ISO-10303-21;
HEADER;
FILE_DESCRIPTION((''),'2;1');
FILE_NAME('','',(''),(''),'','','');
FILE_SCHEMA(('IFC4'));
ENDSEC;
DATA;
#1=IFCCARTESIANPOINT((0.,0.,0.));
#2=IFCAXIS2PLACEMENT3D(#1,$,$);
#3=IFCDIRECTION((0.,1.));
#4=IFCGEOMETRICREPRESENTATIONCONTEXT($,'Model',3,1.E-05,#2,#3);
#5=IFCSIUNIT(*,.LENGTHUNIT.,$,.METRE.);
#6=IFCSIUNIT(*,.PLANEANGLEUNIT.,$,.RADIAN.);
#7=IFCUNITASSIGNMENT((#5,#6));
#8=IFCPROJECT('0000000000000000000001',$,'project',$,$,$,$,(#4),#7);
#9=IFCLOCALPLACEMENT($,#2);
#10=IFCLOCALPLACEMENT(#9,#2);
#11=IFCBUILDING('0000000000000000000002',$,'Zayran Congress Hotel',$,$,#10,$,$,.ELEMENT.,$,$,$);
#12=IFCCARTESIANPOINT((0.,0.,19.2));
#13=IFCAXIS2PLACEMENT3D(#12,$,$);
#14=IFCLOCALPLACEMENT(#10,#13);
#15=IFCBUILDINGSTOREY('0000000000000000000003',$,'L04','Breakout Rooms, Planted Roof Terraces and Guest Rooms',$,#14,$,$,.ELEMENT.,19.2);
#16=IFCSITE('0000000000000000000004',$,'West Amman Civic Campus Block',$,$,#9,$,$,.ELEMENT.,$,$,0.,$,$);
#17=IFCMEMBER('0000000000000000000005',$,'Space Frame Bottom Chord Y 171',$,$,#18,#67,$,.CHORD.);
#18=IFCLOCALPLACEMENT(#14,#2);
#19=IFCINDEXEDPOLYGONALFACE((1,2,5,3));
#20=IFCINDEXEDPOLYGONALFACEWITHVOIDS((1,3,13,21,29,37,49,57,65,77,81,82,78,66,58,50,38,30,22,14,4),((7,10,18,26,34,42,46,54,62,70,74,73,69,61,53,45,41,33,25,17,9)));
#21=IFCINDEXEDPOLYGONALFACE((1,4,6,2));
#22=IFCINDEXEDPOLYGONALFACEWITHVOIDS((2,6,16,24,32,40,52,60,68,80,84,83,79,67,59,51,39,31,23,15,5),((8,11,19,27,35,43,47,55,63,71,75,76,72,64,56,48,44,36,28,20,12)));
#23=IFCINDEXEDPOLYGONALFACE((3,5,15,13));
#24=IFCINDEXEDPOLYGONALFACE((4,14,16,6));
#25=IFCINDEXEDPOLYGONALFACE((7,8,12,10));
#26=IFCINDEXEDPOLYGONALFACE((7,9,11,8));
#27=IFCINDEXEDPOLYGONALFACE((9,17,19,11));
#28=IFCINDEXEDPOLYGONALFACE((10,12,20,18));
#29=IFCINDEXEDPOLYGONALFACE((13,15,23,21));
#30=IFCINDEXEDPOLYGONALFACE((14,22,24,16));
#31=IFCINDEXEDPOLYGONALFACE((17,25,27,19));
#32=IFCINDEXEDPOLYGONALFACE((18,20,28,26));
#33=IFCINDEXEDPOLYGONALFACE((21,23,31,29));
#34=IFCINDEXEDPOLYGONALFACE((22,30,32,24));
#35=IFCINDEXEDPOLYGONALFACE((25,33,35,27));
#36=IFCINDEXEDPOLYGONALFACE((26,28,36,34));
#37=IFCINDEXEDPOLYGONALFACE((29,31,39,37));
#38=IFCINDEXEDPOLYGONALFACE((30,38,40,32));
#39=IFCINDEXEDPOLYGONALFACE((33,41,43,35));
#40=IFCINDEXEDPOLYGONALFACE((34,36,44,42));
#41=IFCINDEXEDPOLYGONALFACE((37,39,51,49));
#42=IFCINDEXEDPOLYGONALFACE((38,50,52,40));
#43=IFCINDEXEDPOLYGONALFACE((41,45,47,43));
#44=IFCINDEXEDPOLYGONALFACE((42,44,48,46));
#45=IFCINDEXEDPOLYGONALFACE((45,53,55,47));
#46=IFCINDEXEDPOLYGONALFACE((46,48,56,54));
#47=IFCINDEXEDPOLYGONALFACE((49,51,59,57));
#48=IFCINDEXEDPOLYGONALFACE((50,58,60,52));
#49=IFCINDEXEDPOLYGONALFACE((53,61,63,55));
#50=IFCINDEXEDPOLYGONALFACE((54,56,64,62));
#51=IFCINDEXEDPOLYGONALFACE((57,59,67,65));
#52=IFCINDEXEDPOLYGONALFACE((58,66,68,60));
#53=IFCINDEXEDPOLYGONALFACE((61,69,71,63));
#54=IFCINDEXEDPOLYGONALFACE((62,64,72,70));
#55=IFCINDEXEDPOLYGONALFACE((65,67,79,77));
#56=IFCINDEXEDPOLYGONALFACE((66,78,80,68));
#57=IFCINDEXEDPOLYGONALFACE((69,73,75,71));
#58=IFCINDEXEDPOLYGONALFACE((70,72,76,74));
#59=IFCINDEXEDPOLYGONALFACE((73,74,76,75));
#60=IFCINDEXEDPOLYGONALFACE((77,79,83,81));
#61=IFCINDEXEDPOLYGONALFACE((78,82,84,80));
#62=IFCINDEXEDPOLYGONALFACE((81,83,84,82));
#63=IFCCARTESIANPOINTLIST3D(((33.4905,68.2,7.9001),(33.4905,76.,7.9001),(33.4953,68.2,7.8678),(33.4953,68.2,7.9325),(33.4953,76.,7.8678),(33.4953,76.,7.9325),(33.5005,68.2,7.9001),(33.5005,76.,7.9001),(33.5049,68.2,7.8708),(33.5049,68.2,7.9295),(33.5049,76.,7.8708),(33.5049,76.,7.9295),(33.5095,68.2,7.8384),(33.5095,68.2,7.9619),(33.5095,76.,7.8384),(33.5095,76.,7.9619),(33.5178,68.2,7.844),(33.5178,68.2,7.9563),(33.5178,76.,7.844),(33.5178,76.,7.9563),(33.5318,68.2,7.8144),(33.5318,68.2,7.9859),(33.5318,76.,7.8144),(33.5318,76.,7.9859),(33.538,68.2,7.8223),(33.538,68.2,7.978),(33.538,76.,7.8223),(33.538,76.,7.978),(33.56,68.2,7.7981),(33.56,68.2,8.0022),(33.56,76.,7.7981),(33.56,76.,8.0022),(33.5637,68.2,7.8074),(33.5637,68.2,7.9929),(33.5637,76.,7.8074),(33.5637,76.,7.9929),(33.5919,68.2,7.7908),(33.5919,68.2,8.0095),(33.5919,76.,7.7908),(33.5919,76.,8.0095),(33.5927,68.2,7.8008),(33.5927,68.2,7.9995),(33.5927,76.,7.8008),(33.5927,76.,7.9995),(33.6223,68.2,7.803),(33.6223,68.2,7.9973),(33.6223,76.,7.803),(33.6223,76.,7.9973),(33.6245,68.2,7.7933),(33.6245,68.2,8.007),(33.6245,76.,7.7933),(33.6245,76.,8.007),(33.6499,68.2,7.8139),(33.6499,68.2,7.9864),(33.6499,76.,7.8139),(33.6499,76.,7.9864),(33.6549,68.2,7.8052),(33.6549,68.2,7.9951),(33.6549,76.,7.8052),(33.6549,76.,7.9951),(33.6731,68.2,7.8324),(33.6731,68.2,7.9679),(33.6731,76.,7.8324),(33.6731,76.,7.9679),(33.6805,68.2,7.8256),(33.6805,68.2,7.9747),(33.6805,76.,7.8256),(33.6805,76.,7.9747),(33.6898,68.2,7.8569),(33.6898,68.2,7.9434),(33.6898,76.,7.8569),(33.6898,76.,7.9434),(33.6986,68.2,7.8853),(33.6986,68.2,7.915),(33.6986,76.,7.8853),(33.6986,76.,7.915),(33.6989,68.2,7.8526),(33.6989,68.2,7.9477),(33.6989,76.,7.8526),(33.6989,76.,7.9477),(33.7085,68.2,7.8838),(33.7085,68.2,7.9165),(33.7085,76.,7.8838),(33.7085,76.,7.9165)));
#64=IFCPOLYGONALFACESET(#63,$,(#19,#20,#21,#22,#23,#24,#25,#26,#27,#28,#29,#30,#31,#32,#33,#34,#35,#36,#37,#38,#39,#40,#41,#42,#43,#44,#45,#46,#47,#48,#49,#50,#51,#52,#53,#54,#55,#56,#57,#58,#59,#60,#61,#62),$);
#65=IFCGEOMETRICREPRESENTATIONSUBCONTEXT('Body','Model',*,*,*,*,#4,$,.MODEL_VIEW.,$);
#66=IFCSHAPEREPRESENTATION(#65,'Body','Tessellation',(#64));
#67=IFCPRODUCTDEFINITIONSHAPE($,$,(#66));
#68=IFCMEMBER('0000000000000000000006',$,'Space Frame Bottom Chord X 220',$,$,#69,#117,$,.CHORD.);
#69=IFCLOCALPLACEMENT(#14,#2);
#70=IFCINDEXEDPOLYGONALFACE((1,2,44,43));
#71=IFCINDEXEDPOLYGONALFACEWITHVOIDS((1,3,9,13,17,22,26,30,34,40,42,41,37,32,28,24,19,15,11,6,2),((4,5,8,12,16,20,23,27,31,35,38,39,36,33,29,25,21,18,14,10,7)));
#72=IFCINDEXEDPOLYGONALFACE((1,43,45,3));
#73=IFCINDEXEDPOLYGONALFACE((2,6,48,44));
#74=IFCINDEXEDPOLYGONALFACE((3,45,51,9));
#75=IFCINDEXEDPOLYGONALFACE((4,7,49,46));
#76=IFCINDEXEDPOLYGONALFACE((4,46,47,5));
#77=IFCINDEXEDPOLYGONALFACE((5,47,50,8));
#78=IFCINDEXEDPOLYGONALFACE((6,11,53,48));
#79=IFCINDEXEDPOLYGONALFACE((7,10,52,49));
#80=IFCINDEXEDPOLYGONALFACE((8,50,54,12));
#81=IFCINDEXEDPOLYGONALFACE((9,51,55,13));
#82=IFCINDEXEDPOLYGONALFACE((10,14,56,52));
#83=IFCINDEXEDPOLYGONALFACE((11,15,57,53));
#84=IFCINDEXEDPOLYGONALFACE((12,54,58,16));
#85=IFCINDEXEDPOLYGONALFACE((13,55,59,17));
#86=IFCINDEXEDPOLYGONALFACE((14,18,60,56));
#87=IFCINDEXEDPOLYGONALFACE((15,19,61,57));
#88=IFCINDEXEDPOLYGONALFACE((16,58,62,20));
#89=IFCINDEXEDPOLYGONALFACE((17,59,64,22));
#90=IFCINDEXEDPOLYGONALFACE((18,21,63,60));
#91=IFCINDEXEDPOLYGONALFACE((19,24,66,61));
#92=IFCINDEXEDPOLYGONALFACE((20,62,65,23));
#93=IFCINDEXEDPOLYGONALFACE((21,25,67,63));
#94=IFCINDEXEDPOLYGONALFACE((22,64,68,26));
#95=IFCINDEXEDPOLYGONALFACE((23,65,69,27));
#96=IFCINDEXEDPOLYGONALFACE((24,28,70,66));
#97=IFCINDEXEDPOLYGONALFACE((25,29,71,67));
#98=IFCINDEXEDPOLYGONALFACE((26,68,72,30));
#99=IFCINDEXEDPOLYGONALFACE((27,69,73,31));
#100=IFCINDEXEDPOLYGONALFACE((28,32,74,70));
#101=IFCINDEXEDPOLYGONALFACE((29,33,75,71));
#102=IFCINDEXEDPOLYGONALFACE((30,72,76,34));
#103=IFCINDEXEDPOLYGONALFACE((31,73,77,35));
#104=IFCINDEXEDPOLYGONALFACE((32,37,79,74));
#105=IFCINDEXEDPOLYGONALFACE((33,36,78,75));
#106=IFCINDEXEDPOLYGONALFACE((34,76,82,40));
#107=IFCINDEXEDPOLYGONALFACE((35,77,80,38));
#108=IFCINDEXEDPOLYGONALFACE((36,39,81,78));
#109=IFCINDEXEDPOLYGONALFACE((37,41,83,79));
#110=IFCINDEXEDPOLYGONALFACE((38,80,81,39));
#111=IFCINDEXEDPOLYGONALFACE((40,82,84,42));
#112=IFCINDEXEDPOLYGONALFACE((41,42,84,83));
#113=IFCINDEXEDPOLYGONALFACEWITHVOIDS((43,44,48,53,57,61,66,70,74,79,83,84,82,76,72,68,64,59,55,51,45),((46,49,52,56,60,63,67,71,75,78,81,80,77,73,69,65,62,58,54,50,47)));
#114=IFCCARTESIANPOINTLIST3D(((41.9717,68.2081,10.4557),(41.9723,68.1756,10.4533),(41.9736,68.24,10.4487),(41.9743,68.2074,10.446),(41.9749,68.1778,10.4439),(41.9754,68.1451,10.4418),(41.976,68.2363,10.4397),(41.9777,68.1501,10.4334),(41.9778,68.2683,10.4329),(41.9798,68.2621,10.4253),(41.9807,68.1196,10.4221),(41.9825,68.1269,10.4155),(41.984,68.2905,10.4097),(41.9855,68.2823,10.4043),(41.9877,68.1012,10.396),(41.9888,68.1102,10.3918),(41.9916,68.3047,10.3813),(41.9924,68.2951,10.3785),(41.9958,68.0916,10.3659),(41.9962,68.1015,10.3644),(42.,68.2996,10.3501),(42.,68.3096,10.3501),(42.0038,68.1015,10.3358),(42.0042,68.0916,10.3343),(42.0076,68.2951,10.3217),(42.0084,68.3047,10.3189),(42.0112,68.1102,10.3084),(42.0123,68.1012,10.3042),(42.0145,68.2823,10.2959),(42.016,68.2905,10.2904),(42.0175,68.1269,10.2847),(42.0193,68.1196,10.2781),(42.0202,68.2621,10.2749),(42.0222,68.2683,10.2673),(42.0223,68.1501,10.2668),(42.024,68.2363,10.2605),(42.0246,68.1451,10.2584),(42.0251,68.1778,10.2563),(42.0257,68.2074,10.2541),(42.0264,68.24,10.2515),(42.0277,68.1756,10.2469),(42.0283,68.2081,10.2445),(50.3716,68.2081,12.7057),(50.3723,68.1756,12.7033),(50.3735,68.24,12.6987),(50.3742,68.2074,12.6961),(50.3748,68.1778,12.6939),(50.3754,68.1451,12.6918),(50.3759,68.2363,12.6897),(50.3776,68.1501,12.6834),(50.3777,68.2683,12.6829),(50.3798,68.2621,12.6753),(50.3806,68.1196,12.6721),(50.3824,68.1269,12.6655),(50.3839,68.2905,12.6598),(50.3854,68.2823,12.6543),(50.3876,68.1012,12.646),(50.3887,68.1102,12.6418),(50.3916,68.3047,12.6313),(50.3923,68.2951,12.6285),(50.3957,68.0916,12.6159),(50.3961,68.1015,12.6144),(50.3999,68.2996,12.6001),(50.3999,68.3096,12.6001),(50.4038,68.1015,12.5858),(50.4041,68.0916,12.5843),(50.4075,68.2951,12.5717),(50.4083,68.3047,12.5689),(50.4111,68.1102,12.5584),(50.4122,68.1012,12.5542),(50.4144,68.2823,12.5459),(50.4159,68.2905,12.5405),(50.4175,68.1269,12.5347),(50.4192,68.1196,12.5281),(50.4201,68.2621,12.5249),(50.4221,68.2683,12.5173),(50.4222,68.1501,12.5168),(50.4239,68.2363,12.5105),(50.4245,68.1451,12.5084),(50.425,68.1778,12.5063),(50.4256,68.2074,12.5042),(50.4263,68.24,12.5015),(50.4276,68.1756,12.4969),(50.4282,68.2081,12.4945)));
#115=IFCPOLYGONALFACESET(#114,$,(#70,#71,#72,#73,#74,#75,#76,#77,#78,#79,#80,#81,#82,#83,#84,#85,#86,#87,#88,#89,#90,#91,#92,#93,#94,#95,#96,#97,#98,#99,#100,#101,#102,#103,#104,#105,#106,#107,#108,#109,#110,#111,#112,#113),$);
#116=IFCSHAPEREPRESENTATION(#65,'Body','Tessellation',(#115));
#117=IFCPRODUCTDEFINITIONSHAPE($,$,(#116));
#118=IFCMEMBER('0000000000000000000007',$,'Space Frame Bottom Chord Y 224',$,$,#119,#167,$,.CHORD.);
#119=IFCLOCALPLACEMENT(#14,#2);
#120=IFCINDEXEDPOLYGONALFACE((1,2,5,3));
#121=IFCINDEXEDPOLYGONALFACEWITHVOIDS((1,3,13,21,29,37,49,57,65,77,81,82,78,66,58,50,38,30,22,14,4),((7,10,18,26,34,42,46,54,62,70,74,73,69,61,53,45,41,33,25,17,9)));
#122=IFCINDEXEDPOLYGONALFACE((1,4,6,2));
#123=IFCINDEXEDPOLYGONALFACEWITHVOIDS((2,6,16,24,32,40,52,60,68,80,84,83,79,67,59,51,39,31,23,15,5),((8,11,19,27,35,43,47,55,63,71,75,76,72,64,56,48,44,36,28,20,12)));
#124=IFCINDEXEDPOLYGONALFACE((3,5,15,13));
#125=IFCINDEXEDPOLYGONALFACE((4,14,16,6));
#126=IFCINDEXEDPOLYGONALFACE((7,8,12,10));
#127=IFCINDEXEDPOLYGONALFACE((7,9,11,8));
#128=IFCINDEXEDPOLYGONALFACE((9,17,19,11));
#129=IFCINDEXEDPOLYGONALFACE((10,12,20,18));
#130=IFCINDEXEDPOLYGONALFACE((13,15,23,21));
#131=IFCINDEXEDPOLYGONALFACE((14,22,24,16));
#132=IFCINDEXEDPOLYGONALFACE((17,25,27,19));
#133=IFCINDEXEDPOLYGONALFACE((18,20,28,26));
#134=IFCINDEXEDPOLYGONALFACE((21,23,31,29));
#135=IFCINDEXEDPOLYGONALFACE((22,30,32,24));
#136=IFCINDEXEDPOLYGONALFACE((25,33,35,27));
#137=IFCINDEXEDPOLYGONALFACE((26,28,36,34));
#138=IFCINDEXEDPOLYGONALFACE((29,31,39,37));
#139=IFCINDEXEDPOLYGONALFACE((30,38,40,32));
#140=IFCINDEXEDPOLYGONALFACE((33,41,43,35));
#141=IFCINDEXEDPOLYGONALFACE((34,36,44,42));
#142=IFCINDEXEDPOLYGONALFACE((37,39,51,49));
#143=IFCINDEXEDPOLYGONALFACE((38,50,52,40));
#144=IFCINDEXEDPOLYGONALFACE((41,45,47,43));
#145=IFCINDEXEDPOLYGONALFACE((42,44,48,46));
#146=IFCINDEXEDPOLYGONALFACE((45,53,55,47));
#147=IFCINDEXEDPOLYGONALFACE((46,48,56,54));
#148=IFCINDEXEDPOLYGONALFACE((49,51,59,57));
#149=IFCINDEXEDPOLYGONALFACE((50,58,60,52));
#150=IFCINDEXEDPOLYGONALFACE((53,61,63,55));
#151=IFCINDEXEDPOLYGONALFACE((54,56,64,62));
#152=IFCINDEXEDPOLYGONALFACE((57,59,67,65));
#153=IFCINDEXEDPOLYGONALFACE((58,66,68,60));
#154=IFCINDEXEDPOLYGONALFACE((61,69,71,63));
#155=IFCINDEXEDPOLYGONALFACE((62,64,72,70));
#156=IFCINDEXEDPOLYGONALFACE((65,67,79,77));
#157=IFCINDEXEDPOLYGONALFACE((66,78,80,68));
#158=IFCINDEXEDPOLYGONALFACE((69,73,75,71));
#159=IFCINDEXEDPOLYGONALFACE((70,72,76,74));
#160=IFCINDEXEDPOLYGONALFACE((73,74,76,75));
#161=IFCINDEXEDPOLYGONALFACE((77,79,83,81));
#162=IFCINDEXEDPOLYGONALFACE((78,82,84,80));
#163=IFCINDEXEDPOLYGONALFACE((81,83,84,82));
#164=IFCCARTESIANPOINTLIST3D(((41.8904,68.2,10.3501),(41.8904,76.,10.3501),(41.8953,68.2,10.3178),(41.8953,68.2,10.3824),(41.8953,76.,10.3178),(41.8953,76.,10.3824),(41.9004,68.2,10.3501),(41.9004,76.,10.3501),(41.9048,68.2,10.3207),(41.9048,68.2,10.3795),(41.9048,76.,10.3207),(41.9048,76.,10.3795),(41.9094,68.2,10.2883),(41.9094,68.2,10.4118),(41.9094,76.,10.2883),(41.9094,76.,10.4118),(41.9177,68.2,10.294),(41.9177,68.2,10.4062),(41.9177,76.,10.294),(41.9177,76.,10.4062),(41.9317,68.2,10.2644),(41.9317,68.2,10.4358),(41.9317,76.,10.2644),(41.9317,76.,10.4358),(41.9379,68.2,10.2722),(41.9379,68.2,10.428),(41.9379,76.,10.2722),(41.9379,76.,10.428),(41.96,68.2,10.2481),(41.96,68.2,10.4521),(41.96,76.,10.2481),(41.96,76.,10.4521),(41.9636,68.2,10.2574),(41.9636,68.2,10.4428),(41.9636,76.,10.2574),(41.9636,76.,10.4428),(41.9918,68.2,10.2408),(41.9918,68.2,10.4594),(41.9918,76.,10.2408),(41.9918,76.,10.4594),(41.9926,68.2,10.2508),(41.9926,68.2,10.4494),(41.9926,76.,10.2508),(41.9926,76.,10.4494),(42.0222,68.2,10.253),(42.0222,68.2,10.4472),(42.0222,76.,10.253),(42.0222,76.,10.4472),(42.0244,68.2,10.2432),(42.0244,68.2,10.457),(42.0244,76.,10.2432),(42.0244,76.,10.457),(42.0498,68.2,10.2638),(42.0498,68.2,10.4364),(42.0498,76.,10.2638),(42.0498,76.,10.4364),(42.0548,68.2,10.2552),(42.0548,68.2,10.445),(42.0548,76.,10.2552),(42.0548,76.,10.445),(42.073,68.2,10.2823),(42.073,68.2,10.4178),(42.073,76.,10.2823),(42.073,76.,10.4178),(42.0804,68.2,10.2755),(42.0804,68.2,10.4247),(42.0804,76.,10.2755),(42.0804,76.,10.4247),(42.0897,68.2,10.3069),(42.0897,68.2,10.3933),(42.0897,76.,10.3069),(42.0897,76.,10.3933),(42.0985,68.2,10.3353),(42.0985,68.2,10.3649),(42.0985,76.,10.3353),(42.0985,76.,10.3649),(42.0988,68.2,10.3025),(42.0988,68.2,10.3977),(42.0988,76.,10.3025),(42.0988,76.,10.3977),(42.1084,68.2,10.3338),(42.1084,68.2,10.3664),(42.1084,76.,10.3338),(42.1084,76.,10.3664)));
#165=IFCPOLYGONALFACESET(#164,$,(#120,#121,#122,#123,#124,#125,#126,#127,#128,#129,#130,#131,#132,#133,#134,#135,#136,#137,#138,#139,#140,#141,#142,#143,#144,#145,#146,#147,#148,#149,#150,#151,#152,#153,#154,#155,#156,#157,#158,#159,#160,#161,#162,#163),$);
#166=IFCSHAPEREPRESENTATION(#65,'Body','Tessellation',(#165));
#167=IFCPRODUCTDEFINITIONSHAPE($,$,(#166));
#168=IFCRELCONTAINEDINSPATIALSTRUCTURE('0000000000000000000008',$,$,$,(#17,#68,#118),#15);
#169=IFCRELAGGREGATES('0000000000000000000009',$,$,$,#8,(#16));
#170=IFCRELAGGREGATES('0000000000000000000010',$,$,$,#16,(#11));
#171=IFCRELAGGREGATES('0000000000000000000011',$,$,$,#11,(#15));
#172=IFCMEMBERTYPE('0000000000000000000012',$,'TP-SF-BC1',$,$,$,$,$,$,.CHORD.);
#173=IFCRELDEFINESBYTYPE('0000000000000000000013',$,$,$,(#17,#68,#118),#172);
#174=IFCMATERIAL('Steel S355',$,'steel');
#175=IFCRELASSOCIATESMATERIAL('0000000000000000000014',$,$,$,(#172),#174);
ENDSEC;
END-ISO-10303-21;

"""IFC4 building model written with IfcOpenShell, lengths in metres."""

from ifc_helpers import new_model, si_unit, direction, frame, origin, origin_2d, place, context, subcontext, project, spatial, hollow_circle, extrude, material, material_profile, profile_set, type_object, element, save


model = new_model("IFC4")

# Units and contexts
model_context = context("Model", 3, precision=1e-05, world=origin(), true_north=direction((0.0, 1.0)))
body_context = subcontext(model_context, "Body", "Model", "MODEL_VIEW")
ifc_project = project(units=[si_unit("LENGTHUNIT", "METRE"), si_unit("PLANEANGLEUNIT", "RADIAN")], contexts=[model_context])

# Site, building, storey
site_placement = place(None, origin())
site = spatial("IfcSite", under=ifc_project, at=site_placement, Name="West Amman Civic Campus Block", CompositionType="ELEMENT", RefElevation=0.0)
building_placement = place(site_placement, origin())
building = spatial("IfcBuilding", under=site, at=building_placement, Name="Zayran Congress Hotel", CompositionType="ELEMENT")
storey_placement = place(building_placement, frame((0.0, 0.0, 19.2)))
storey = spatial("IfcBuildingStorey", under=building, at=storey_placement, Name="L04", Description="Breakout Rooms, Planted Roof Terraces and Guest Rooms", CompositionType="ELEMENT", Elevation=19.2)

# Shared definitions
ifc_material = material(Name="Steel S355", Category="steel")

# Members
ifc_material_profile_1 = material_profile(ifc_material, hollow_circle(Radius=0.1096, WallThickness=0.01, at=origin_2d()), Name="CHS 219.1x10")
ifc_profile_set_1 = profile_set([ifc_material_profile_1], Name="Steel S355")
member_type_1 = type_object("IfcMemberType", Name="TP-SF-BC1", PredefinedType="CHORD", material=ifc_profile_set_1)
member_1_placement = place(storey_placement, frame((33.6001, 68.2, 7.9001), z_axis=(0.0, 1.0, 0.0), x_axis=(-1.0, 0.0, 0.0)))
element("IfcMember", 1, at=member_1_placement, inside=storey, type_object=member_type_1, Name="Space Frame Bottom Chord Y 171", PredefinedType="CHORD", context=body_context, shape_type="SweptSolid", body=[
    extrude(hollow_circle(Radius=0.1096, WallThickness=0.01, at=origin_2d()), origin(), (0.0, 0.0, 1.0), 7.8),
])
member_2_placement = place(storey_placement, frame((42.0, 68.2, 10.3501), z_axis=(0.965947, 0.0, 0.258739), x_axis=(0.0, 1.0, 0.0)))
element("IfcMember", 2, at=member_2_placement, inside=storey, type_object=member_type_1, Name="Space Frame Bottom Chord X 220", PredefinedType="CHORD", context=body_context, shape_type="SweptSolid", body=[
    extrude(hollow_circle(Radius=0.1096, WallThickness=0.01, at=origin_2d()), origin(), (0.0, 0.0, 1.0), 8.696),
])
member_3_placement = place(storey_placement, frame((42.0, 68.2, 10.3501), z_axis=(0.0, 1.0, 0.0), x_axis=(-1.0, 0.0, 0.0)))
element("IfcMember", 3, at=member_3_placement, inside=storey, type_object=member_type_1, Name="Space Frame Bottom Chord Y 224", PredefinedType="CHORD", context=body_context, shape_type="SweptSolid", body=[
    extrude(hollow_circle(Radius=0.1096, WallThickness=0.01, at=origin_2d()), origin(), (0.0, 0.0, 1.0), 7.8),
])

save(model, "model.ifc")
